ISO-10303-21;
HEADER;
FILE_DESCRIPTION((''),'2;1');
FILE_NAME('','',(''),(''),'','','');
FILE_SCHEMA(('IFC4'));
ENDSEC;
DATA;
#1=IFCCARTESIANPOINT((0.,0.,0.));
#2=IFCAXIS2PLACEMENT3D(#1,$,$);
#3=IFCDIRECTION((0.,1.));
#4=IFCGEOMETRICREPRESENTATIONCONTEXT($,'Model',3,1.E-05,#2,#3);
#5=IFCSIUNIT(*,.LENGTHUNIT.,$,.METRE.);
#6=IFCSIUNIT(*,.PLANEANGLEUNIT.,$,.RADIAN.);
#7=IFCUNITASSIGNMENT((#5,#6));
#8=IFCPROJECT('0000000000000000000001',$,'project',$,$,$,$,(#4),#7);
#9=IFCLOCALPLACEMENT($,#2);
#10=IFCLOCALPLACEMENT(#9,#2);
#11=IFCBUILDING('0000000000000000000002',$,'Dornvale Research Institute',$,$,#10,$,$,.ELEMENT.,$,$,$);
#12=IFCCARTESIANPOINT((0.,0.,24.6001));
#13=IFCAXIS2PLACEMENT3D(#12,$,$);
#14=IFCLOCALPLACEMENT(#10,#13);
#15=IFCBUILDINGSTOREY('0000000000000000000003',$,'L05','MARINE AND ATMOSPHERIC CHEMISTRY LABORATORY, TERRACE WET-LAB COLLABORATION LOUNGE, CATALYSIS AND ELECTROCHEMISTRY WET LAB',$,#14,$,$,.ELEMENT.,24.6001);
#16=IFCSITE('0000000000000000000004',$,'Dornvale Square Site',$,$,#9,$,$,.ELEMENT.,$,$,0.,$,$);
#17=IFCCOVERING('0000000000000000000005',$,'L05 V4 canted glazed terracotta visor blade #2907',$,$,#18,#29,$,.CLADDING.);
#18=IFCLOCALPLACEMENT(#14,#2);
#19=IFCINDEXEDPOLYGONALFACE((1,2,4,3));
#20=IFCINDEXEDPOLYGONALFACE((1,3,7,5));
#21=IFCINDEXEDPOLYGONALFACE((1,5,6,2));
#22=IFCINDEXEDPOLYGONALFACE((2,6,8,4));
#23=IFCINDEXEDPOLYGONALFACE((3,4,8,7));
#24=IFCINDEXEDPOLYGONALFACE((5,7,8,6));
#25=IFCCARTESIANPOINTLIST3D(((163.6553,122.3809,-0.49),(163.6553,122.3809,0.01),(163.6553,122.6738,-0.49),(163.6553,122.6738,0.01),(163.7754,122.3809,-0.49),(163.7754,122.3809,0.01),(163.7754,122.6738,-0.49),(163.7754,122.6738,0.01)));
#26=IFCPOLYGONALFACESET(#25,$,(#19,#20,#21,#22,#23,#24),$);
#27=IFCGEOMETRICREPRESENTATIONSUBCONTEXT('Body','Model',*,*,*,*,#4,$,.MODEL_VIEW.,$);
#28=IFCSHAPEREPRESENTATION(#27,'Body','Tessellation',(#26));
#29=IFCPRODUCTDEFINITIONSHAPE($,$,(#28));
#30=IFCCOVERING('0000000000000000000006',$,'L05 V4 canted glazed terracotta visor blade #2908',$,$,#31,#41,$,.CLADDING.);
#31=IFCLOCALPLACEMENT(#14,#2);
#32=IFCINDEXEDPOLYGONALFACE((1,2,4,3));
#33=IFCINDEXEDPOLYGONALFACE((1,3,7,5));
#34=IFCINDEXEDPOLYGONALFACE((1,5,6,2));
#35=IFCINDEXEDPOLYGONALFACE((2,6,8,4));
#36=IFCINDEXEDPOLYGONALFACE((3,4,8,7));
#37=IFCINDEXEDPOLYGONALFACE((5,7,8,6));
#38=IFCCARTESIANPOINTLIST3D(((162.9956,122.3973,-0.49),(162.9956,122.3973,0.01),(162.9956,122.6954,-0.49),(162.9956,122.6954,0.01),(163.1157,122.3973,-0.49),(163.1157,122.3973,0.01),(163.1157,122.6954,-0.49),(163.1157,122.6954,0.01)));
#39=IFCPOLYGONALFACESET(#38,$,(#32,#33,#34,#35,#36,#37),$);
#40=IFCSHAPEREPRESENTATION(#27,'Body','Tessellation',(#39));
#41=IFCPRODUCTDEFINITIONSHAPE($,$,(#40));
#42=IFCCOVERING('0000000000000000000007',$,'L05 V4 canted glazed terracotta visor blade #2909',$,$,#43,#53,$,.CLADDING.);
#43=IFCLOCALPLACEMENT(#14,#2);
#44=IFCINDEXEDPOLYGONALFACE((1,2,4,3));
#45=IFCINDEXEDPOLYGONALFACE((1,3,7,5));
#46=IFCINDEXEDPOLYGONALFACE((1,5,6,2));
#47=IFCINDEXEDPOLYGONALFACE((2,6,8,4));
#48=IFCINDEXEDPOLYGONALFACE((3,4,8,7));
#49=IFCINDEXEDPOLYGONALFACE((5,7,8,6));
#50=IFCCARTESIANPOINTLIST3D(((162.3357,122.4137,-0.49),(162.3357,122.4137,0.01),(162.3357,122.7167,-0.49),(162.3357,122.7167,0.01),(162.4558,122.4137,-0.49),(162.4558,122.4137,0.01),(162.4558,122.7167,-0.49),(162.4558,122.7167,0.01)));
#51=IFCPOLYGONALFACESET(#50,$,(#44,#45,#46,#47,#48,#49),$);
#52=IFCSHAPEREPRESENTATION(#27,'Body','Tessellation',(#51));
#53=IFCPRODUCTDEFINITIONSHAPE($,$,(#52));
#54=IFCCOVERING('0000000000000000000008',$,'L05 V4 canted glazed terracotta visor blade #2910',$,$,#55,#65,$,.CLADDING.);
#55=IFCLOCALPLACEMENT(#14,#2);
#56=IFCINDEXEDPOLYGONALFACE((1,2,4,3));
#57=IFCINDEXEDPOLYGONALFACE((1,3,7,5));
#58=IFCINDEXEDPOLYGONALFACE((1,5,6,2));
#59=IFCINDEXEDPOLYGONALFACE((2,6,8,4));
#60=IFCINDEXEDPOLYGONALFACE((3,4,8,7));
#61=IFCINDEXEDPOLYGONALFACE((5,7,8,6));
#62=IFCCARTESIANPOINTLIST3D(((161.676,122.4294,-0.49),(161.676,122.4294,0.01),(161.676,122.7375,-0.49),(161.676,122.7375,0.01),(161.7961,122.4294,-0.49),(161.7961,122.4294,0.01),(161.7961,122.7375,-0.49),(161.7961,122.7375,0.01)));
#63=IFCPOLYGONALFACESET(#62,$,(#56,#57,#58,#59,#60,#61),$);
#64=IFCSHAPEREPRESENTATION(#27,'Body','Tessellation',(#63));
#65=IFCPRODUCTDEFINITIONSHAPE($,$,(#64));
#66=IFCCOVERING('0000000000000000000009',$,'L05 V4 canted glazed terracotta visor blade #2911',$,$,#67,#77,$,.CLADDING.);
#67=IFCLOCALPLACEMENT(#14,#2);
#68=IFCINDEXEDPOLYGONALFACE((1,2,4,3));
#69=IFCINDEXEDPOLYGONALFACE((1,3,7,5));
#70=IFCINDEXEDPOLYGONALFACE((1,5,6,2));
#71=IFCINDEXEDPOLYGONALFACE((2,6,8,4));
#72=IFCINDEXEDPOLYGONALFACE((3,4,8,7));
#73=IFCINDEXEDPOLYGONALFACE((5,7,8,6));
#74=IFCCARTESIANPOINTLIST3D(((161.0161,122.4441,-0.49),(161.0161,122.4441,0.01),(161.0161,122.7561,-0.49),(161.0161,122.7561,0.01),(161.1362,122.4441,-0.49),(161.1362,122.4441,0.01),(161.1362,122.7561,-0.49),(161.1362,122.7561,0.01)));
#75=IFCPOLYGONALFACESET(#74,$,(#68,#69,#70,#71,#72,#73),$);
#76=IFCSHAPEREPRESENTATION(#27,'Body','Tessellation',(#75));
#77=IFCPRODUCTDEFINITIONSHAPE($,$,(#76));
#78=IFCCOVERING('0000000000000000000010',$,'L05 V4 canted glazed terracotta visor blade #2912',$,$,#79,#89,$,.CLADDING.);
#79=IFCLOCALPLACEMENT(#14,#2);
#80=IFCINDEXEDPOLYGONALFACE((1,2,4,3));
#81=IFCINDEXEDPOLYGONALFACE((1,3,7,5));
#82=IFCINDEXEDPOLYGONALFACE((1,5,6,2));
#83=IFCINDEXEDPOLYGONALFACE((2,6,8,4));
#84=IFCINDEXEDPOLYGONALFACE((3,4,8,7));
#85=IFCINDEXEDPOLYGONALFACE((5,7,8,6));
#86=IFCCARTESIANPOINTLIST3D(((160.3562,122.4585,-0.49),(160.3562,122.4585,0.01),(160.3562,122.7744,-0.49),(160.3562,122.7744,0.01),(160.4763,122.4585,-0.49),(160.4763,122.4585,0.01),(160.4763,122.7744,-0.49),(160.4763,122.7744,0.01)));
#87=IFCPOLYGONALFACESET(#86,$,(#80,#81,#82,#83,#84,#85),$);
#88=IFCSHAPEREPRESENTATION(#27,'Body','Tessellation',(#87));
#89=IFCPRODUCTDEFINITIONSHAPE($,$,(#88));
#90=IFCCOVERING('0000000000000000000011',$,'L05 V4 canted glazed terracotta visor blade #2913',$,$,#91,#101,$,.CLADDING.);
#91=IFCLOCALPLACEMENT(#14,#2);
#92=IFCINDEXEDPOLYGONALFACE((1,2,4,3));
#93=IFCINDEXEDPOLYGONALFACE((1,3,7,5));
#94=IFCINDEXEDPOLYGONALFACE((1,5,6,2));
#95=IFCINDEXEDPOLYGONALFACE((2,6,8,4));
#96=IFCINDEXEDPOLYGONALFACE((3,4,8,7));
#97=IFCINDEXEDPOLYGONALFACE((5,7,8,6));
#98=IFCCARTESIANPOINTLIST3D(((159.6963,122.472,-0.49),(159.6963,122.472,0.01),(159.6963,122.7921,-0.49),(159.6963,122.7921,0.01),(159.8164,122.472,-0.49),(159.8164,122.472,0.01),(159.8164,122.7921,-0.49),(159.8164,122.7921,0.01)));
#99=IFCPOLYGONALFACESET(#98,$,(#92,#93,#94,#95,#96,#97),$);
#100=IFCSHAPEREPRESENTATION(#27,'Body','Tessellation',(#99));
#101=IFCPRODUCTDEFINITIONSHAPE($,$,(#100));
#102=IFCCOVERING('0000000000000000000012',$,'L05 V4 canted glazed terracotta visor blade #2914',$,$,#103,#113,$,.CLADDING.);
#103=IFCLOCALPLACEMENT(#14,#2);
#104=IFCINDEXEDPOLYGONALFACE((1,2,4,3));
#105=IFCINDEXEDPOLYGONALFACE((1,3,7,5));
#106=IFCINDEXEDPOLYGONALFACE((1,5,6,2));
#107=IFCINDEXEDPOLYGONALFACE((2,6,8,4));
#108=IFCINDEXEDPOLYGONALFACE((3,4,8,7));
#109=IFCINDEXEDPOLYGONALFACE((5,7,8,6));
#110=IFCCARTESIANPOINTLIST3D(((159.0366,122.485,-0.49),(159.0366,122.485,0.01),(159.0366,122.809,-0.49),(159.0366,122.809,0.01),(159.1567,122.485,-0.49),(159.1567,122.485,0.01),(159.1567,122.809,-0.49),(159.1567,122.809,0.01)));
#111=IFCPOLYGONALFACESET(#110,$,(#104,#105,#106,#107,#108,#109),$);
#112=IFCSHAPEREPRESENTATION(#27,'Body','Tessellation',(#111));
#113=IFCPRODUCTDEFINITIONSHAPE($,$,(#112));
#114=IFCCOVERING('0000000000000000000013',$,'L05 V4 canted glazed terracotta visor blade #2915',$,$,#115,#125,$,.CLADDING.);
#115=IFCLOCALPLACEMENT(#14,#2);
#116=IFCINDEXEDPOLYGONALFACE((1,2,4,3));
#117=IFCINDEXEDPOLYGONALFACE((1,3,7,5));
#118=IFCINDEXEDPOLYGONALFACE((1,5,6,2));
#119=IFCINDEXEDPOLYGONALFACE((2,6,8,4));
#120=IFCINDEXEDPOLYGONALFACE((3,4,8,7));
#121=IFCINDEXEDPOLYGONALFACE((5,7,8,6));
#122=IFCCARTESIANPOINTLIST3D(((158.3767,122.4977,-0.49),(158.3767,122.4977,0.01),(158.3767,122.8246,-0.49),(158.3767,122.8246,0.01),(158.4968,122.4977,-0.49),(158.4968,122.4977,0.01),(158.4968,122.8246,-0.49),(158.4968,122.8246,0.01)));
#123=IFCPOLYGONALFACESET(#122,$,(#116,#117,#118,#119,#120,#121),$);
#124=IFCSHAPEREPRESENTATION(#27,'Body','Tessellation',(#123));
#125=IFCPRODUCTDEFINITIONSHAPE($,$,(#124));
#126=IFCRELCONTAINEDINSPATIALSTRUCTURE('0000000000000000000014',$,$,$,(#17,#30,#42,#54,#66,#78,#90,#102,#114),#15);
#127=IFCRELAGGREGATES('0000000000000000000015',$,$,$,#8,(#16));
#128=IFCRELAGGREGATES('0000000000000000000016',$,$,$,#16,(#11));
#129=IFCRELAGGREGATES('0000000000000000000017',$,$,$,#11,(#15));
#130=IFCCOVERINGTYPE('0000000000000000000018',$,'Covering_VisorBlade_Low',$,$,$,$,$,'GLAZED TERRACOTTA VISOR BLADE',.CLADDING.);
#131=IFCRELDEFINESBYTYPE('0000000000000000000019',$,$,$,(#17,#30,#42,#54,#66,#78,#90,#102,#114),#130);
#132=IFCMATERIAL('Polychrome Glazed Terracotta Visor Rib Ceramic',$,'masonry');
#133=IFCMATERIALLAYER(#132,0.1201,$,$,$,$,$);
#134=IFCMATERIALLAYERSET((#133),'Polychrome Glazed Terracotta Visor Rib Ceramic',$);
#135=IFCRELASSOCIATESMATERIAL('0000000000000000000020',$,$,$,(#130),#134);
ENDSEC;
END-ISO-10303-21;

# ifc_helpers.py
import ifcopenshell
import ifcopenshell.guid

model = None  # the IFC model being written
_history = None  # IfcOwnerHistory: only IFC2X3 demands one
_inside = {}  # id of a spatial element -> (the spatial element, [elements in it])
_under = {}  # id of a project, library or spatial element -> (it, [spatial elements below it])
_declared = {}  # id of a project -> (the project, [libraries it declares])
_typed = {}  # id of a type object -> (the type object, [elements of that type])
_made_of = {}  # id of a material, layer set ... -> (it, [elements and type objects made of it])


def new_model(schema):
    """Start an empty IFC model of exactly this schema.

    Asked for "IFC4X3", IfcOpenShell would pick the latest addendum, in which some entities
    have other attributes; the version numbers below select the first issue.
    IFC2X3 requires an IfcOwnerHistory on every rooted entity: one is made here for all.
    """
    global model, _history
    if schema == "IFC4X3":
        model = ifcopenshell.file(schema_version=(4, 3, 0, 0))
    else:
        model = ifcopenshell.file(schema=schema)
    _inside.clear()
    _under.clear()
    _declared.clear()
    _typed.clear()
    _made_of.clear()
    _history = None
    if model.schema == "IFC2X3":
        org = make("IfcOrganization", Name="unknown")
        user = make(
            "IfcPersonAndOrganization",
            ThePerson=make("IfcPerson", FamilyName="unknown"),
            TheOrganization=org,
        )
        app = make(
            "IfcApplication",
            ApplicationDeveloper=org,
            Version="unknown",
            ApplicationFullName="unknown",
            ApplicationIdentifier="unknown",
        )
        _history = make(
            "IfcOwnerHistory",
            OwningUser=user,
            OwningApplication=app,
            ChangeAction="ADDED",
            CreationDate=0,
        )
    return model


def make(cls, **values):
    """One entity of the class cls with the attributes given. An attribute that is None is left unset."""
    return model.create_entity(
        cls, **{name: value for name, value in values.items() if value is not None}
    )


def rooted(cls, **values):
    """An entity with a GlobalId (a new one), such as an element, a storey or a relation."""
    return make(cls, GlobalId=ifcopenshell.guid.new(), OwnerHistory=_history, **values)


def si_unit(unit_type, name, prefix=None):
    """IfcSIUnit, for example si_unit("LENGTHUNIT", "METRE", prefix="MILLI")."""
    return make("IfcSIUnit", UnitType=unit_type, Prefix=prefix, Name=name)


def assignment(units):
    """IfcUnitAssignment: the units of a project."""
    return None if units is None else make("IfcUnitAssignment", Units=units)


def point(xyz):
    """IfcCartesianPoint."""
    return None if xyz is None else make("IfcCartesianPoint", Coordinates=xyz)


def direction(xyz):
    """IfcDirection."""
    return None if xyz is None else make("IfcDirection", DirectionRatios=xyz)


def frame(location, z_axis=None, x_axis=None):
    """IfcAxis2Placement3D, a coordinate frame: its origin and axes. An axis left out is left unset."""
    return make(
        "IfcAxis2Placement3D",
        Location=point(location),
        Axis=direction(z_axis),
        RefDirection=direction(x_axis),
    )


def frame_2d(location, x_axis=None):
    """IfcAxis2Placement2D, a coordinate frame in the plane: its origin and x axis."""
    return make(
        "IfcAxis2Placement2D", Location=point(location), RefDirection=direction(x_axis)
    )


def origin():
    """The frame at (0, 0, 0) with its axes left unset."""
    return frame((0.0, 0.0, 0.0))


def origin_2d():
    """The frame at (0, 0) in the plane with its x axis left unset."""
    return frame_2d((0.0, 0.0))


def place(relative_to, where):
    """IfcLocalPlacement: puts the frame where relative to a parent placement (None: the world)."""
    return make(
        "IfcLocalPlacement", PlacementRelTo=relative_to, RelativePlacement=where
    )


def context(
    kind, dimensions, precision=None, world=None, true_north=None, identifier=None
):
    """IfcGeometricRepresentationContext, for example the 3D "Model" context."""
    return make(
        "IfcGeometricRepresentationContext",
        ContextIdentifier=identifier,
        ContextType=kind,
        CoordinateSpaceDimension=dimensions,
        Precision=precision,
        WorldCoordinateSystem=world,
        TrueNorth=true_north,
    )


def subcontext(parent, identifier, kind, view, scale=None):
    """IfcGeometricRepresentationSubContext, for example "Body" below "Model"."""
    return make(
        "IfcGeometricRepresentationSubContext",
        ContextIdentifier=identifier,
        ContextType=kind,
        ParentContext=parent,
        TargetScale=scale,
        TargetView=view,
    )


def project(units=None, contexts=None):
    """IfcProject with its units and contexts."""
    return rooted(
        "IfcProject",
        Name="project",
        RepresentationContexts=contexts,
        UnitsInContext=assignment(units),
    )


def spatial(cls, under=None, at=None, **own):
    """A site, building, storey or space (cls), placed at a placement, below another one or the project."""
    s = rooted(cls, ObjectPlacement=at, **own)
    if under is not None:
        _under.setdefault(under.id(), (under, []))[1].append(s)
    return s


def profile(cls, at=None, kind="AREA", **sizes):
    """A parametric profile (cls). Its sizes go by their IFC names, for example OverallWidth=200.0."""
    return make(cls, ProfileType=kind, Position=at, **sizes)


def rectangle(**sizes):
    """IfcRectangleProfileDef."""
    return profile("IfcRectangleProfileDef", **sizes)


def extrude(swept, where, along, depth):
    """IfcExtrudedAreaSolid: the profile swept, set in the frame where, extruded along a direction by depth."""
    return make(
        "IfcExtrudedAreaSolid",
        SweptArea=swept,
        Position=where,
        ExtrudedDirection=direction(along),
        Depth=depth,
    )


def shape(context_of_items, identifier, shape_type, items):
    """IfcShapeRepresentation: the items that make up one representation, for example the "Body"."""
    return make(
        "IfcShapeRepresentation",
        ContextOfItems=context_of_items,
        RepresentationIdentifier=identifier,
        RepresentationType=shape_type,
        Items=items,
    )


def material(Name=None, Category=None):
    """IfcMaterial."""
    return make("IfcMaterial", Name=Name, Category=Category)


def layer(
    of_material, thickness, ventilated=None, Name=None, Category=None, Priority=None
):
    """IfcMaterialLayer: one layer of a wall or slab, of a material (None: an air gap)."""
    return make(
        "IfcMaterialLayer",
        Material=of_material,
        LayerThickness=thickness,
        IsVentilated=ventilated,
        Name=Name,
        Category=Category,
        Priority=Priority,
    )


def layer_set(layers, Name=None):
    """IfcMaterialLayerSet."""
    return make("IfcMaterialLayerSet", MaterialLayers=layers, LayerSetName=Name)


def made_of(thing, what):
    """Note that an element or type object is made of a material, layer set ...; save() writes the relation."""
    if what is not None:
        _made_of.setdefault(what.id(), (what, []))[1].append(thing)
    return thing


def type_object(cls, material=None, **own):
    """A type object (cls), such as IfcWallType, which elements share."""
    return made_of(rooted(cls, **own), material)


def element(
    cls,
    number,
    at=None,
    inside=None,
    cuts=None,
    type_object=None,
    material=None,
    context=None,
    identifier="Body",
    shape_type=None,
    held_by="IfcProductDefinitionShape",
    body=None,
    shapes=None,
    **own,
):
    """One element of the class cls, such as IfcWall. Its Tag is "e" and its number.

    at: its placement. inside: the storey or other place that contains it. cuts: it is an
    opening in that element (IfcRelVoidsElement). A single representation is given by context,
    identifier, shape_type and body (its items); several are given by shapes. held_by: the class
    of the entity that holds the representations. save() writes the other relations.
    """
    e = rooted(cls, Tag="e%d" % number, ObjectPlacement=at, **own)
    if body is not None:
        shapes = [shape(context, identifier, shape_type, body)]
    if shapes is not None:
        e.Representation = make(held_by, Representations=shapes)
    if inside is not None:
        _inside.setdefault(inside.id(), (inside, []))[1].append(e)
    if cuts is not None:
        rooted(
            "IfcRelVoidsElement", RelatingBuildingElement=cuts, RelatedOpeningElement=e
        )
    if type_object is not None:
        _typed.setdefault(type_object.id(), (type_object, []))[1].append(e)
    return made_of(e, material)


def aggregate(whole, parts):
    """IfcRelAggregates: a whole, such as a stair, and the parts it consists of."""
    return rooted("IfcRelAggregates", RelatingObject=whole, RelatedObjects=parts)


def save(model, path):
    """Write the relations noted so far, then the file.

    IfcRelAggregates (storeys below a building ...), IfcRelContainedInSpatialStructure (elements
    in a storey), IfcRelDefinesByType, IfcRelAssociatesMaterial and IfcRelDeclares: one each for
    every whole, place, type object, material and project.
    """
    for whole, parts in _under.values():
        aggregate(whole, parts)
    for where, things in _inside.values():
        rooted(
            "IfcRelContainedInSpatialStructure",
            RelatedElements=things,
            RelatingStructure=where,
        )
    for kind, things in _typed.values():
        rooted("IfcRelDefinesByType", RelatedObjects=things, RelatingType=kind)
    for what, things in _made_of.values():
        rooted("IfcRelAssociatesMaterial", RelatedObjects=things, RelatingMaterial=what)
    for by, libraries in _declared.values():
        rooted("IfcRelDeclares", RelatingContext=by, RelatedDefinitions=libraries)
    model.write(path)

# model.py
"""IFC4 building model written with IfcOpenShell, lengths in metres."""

from ifc_helpers import new_model, si_unit, direction, frame, origin, origin_2d, place, context, subcontext, project, spatial, rectangle, extrude, material, layer, layer_set, type_object, element, save


model = new_model("IFC4")

# Units and contexts
model_context = context("Model", 3, precision=1e-05, world=origin(), true_north=direction((0.0, 1.0)))
body_context = subcontext(model_context, "Body", "Model", "MODEL_VIEW")
ifc_project = project(units=[si_unit("LENGTHUNIT", "METRE"), si_unit("PLANEANGLEUNIT", "RADIAN")], contexts=[model_context])

# Site, building, storey
site_placement = place(None, origin())
site = spatial("IfcSite", under=ifc_project, at=site_placement, Name="Dornvale Square Site", CompositionType="ELEMENT", RefElevation=0.0)
building_placement = place(site_placement, origin())
building = spatial("IfcBuilding", under=site, at=building_placement, Name="Dornvale Research Institute", CompositionType="ELEMENT")
storey_placement = place(building_placement, frame((0.0, 0.0, 24.6001)))
storey = spatial("IfcBuildingStorey", under=building, at=storey_placement, Name="L05", Description="MARINE AND ATMOSPHERIC CHEMISTRY LABORATORY, TERRACE WET-LAB COLLABORATION LOUNGE, CATALYSIS AND ELECTROCHEMISTRY WET LAB", CompositionType="ELEMENT", Elevation=24.6001)

# Coverings
ifc_material_1 = material(Name="Polychrome Glazed Terracotta Visor Rib Ceramic", Category="masonry")
ifc_layer_1 = layer(ifc_material_1, 0.1201)
ifc_layer_set_1 = layer_set([ifc_layer_1], Name="Polychrome Glazed Terracotta Visor Rib Ceramic")
covering_type = type_object("IfcCoveringType", Name="Covering_VisorBlade_Low", ElementType="GLAZED TERRACOTTA VISOR BLADE", PredefinedType="CLADDING", material=ifc_layer_set_1)
covering_1_placement = place(storey_placement, frame((163.7153, 122.5273, -0.49), z_axis=(0.0, 0.0, 1.0), x_axis=(0.0, 1.0, 0.0)))
element("IfcCovering", 1, at=covering_1_placement, inside=storey, type_object=covering_type, Name="L05 V4 canted glazed terracotta visor blade #2907", PredefinedType="CLADDING", context=body_context, shape_type="SweptSolid", body=[
    extrude(rectangle(XDim=0.293, YDim=0.1201, at=origin_2d()), origin(), (0.0, 0.0, 1.0), 0.5),
])
covering_2_placement = place(storey_placement, frame((163.0557, 122.5464, -0.49), z_axis=(0.0, 0.0, 1.0), x_axis=(0.0, 1.0, 0.0)))
element("IfcCovering", 2, at=covering_2_placement, inside=storey, type_object=covering_type, Name="L05 V4 canted glazed terracotta visor blade #2908", PredefinedType="CLADDING", context=body_context, shape_type="SweptSolid", body=[
    extrude(rectangle(XDim=0.2981, YDim=0.1201, at=origin_2d()), origin(), (0.0, 0.0, 1.0), 0.5),
])
covering_3_placement = place(storey_placement, frame((162.3958, 122.5652, -0.49), z_axis=(0.0, 0.0, 1.0), x_axis=(0.0, 1.0, 0.0)))
element("IfcCovering", 3, at=covering_3_placement, inside=storey, type_object=covering_type, Name="L05 V4 canted glazed terracotta visor blade #2909", PredefinedType="CLADDING", context=body_context, shape_type="SweptSolid", body=[
    extrude(rectangle(XDim=0.303, YDim=0.1201, at=origin_2d()), origin(), (0.0, 0.0, 1.0), 0.5),
])
covering_4_placement = place(storey_placement, frame((161.7361, 122.5835, -0.49), z_axis=(0.0, 0.0, 1.0), x_axis=(0.0, 1.0, 0.0)))
element("IfcCovering", 4, at=covering_4_placement, inside=storey, type_object=covering_type, Name="L05 V4 canted glazed terracotta visor blade #2910", PredefinedType="CLADDING", context=body_context, shape_type="SweptSolid", body=[
    extrude(rectangle(XDim=0.3081, YDim=0.1201, at=origin_2d()), origin(), (0.0, 0.0, 1.0), 0.5),
])
covering_5_placement = place(storey_placement, frame((161.0762, 122.6001, -0.49), z_axis=(0.0, 0.0, 1.0), x_axis=(0.0, 1.0, 0.0)))
element("IfcCovering", 5, at=covering_5_placement, inside=storey, type_object=covering_type, Name="L05 V4 canted glazed terracotta visor blade #2911", PredefinedType="CLADDING", context=body_context, shape_type="SweptSolid", body=[
    extrude(rectangle(XDim=0.312, YDim=0.1201, at=origin_2d()), origin(), (0.0, 0.0, 1.0), 0.5),
])
covering_6_placement = place(storey_placement, frame((160.4163, 122.6165, -0.49), z_axis=(0.0, 0.0, 1.0), x_axis=(0.0, 1.0, 0.0)))
element("IfcCovering", 6, at=covering_6_placement, inside=storey, type_object=covering_type, Name="L05 V4 canted glazed terracotta visor blade #2912", PredefinedType="CLADDING", context=body_context, shape_type="SweptSolid", body=[
    extrude(rectangle(XDim=0.3159, YDim=0.1201, at=origin_2d()), origin(), (0.0, 0.0, 1.0), 0.5),
])
covering_7_placement = place(storey_placement, frame((159.7563, 122.6321, -0.49), z_axis=(0.0, 0.0, 1.0), x_axis=(0.0, 1.0, 0.0)))
element("IfcCovering", 7, at=covering_7_placement, inside=storey, type_object=covering_type, Name="L05 V4 canted glazed terracotta visor blade #2913", PredefinedType="CLADDING", context=body_context, shape_type="SweptSolid", body=[
    extrude(rectangle(XDim=0.3201, YDim=0.1201, at=origin_2d()), origin(), (0.0, 0.0, 1.0), 0.5),
])
covering_8_placement = place(storey_placement, frame((159.0967, 122.647, -0.49), z_axis=(0.0, 0.0, 1.0), x_axis=(0.0, 1.0, 0.0)))
element("IfcCovering", 8, at=covering_8_placement, inside=storey, type_object=covering_type, Name="L05 V4 canted glazed terracotta visor blade #2914", PredefinedType="CLADDING", context=body_context, shape_type="SweptSolid", body=[
    extrude(rectangle(XDim=0.324, YDim=0.1201, at=origin_2d()), origin(), (0.0, 0.0, 1.0), 0.5),
])
covering_9_placement = place(storey_placement, frame((158.4368, 122.6611, -0.49), z_axis=(0.0, 0.0, 1.0), x_axis=(0.0, 1.0, 0.0)))
element("IfcCovering", 9, at=covering_9_placement, inside=storey, type_object=covering_type, Name="L05 V4 canted glazed terracotta visor blade #2915", PredefinedType="CLADDING", context=body_context, shape_type="SweptSolid", body=[
    extrude(rectangle(XDim=0.3269, YDim=0.1201, at=origin_2d()), origin(), (0.0, 0.0, 1.0), 0.5),
])

save(model, "model.ifc")
